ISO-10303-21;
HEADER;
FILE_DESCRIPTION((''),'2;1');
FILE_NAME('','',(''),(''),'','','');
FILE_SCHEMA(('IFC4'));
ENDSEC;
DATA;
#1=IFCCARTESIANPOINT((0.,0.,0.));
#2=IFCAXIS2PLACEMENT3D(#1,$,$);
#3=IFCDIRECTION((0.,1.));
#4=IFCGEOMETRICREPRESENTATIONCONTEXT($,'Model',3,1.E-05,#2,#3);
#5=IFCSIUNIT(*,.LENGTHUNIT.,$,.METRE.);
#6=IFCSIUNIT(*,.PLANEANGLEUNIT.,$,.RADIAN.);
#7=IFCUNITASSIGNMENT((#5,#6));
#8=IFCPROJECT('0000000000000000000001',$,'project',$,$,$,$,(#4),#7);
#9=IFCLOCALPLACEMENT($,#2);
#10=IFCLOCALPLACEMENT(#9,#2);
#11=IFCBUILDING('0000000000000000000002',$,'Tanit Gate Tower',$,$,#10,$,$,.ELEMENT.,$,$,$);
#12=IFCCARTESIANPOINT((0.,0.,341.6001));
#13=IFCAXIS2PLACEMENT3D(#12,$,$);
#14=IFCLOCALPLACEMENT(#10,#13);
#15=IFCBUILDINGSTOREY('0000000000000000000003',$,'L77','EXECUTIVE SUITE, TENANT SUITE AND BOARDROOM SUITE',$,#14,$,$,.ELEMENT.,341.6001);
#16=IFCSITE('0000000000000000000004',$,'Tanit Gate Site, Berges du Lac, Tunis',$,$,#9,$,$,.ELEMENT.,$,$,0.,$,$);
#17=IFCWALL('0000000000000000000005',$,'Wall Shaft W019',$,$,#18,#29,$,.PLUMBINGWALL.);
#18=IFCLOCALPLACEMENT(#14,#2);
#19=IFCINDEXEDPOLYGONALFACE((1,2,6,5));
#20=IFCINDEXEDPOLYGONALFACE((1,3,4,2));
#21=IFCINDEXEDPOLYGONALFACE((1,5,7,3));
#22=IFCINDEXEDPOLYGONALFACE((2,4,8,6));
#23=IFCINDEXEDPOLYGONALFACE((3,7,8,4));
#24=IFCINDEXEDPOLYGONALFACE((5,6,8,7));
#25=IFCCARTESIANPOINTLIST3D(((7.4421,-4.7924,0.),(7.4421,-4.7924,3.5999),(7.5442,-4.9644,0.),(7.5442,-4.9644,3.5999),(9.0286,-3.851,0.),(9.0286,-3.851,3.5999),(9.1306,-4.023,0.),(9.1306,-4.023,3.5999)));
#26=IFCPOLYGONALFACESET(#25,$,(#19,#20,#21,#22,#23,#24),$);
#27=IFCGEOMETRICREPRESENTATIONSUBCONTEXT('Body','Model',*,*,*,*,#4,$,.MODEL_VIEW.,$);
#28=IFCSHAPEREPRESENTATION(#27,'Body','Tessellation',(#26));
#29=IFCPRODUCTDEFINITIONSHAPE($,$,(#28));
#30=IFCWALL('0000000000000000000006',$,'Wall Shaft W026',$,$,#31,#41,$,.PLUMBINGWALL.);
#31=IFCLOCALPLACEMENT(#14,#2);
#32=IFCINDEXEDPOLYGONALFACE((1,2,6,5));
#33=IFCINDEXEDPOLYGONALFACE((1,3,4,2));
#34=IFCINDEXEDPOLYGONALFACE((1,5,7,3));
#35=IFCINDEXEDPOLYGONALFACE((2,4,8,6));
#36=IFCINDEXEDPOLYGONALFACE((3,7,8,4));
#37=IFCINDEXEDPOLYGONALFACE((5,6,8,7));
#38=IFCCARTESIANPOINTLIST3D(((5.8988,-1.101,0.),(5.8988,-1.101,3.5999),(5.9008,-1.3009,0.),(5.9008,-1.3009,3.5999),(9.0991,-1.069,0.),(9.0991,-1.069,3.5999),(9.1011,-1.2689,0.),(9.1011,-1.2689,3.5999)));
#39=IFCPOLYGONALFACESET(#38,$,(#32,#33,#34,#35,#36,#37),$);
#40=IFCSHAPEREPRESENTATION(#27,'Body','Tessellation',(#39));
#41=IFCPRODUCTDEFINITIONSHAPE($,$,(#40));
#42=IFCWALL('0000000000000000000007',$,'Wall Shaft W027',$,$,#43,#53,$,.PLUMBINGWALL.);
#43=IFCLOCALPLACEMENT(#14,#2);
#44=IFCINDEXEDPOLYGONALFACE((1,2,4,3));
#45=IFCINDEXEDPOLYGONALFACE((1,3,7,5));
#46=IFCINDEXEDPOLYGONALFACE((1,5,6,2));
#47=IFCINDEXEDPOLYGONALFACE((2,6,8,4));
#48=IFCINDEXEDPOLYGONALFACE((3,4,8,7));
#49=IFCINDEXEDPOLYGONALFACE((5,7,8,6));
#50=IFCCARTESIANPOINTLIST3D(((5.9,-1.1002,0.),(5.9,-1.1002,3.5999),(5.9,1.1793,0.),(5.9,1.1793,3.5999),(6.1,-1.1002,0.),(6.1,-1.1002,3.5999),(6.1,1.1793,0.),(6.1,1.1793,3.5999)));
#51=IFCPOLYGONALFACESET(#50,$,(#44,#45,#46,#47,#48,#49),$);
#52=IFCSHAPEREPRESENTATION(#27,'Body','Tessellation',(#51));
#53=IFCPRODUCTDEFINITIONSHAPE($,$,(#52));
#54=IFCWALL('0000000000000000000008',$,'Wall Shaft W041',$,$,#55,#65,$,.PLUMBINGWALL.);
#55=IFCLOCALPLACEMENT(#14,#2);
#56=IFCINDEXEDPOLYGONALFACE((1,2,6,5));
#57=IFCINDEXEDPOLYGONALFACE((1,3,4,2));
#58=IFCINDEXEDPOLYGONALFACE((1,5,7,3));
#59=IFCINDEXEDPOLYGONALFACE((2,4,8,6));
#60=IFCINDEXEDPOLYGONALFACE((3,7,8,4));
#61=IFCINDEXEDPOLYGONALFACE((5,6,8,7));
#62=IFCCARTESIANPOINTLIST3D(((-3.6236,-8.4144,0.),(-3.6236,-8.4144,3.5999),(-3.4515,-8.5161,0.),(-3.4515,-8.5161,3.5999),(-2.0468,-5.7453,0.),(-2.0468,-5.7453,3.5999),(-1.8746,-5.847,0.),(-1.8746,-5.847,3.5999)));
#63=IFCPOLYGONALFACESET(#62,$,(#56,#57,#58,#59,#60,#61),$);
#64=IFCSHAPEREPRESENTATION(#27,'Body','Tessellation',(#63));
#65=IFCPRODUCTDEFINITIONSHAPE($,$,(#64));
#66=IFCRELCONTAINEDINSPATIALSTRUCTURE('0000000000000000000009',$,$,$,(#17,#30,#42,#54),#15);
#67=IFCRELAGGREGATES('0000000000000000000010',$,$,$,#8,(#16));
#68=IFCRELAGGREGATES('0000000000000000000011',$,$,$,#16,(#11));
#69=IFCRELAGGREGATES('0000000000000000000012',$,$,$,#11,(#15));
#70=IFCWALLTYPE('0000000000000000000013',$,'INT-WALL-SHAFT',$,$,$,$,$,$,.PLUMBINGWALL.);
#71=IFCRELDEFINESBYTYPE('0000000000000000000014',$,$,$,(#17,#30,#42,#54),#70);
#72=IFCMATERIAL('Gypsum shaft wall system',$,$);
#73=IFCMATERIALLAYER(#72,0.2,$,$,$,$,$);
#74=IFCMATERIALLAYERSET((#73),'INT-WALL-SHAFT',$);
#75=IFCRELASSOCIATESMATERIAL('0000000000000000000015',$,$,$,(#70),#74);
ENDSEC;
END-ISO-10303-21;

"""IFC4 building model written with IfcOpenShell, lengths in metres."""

from ifc_helpers import new_model, si_unit, direction, frame, frame_2d, origin, place, context, subcontext, project, spatial, rectangle, extrude, material, layer, layer_set, type_object, element, save


model = new_model("IFC4")

# Units and contexts
model_context = context("Model", 3, precision=1e-05, world=origin(), true_north=direction((0.0, 1.0)))
body_context = subcontext(model_context, "Body", "Model", "MODEL_VIEW")
ifc_project = project(units=[si_unit("LENGTHUNIT", "METRE"), si_unit("PLANEANGLEUNIT", "RADIAN")], contexts=[model_context])

# Site, building, storey
site_placement = place(None, origin())
site = spatial("IfcSite", under=ifc_project, at=site_placement, Name="Tanit Gate Site, Berges du Lac, Tunis", CompositionType="ELEMENT", RefElevation=0.0)
building_placement = place(site_placement, origin())
building = spatial("IfcBuilding", under=site, at=building_placement, Name="Tanit Gate Tower", CompositionType="ELEMENT")
storey_placement = place(building_placement, frame((0.0, 0.0, 341.6001)))
storey = spatial("IfcBuildingStorey", under=building, at=storey_placement, Name="L77", Description="EXECUTIVE SUITE, TENANT SUITE AND BOARDROOM SUITE", CompositionType="ELEMENT", Elevation=341.6001)

# Walls
ifc_material_1 = material(Name="Gypsum shaft wall system")
ifc_layer_1 = layer(ifc_material_1, 0.2)
ifc_layer_set_1 = layer_set([ifc_layer_1], Name="INT-WALL-SHAFT")
wall_type_1 = type_object("IfcWallType", Name="INT-WALL-SHAFT", PredefinedType="PLUMBINGWALL", material=ifc_layer_set_1)
wall_1_placement = place(storey_placement, frame((7.4932, -4.8784, 0.0), z_axis=(0.0, 0.0, 1.0), x_axis=(0.859982, 0.510325, 0.0)))
element("IfcWall", 1, at=wall_1_placement, inside=storey, type_object=wall_type_1, Name="Wall Shaft W019", PredefinedType="PLUMBINGWALL", context=body_context, shape_type="SweptSolid", body=[
    extrude(rectangle(XDim=1.8447, YDim=0.2, at=frame_2d((0.9224, 0.0))), origin(), (0.0, 0.0, 1.0), 3.5999),
])
wall_2_placement = place(storey_placement, frame((5.8999, -1.2009, 0.0), z_axis=(0.0, 0.0, 1.0), x_axis=(0.99995, 0.009993, 0.0)))
element("IfcWall", 2, at=wall_2_placement, inside=storey, type_object=wall_type_1, Name="Wall Shaft W026", PredefinedType="PLUMBINGWALL", context=body_context, shape_type="SweptSolid", body=[
    extrude(rectangle(XDim=3.2004, YDim=0.2, at=frame_2d((1.6001, 0.0))), origin(), (0.0, 0.0, 1.0), 3.5999),
])
wall_3_placement = place(storey_placement, frame((6.0, -1.1001, 0.0), z_axis=(0.0, 0.0, 1.0), x_axis=(0.0, 1.0, 0.0)))
element("IfcWall", 3, at=wall_3_placement, inside=storey, type_object=wall_type_1, Name="Wall Shaft W027", PredefinedType="PLUMBINGWALL", context=body_context, shape_type="SweptSolid", body=[
    extrude(rectangle(XDim=2.2795, YDim=0.2, at=frame_2d((1.1396, 0.0))), origin(), (0.0, 0.0, 1.0), 3.5999),
])
wall_4_placement = place(storey_placement, frame((-1.9607, -5.7961, 0.0), z_axis=(0.0, 0.0, 1.0), x_axis=(-0.508647, -0.860975, 0.0)))
element("IfcWall", 4, at=wall_4_placement, inside=storey, type_object=wall_type_1, Name="Wall Shaft W041", PredefinedType="PLUMBINGWALL", context=body_context, shape_type="SweptSolid", body=[
    extrude(rectangle(XDim=3.1001, YDim=0.2, at=frame_2d((1.55, 0.0))), origin(), (0.0, 0.0, 1.0), 3.5999),
])

save(model, "model.ifc")
